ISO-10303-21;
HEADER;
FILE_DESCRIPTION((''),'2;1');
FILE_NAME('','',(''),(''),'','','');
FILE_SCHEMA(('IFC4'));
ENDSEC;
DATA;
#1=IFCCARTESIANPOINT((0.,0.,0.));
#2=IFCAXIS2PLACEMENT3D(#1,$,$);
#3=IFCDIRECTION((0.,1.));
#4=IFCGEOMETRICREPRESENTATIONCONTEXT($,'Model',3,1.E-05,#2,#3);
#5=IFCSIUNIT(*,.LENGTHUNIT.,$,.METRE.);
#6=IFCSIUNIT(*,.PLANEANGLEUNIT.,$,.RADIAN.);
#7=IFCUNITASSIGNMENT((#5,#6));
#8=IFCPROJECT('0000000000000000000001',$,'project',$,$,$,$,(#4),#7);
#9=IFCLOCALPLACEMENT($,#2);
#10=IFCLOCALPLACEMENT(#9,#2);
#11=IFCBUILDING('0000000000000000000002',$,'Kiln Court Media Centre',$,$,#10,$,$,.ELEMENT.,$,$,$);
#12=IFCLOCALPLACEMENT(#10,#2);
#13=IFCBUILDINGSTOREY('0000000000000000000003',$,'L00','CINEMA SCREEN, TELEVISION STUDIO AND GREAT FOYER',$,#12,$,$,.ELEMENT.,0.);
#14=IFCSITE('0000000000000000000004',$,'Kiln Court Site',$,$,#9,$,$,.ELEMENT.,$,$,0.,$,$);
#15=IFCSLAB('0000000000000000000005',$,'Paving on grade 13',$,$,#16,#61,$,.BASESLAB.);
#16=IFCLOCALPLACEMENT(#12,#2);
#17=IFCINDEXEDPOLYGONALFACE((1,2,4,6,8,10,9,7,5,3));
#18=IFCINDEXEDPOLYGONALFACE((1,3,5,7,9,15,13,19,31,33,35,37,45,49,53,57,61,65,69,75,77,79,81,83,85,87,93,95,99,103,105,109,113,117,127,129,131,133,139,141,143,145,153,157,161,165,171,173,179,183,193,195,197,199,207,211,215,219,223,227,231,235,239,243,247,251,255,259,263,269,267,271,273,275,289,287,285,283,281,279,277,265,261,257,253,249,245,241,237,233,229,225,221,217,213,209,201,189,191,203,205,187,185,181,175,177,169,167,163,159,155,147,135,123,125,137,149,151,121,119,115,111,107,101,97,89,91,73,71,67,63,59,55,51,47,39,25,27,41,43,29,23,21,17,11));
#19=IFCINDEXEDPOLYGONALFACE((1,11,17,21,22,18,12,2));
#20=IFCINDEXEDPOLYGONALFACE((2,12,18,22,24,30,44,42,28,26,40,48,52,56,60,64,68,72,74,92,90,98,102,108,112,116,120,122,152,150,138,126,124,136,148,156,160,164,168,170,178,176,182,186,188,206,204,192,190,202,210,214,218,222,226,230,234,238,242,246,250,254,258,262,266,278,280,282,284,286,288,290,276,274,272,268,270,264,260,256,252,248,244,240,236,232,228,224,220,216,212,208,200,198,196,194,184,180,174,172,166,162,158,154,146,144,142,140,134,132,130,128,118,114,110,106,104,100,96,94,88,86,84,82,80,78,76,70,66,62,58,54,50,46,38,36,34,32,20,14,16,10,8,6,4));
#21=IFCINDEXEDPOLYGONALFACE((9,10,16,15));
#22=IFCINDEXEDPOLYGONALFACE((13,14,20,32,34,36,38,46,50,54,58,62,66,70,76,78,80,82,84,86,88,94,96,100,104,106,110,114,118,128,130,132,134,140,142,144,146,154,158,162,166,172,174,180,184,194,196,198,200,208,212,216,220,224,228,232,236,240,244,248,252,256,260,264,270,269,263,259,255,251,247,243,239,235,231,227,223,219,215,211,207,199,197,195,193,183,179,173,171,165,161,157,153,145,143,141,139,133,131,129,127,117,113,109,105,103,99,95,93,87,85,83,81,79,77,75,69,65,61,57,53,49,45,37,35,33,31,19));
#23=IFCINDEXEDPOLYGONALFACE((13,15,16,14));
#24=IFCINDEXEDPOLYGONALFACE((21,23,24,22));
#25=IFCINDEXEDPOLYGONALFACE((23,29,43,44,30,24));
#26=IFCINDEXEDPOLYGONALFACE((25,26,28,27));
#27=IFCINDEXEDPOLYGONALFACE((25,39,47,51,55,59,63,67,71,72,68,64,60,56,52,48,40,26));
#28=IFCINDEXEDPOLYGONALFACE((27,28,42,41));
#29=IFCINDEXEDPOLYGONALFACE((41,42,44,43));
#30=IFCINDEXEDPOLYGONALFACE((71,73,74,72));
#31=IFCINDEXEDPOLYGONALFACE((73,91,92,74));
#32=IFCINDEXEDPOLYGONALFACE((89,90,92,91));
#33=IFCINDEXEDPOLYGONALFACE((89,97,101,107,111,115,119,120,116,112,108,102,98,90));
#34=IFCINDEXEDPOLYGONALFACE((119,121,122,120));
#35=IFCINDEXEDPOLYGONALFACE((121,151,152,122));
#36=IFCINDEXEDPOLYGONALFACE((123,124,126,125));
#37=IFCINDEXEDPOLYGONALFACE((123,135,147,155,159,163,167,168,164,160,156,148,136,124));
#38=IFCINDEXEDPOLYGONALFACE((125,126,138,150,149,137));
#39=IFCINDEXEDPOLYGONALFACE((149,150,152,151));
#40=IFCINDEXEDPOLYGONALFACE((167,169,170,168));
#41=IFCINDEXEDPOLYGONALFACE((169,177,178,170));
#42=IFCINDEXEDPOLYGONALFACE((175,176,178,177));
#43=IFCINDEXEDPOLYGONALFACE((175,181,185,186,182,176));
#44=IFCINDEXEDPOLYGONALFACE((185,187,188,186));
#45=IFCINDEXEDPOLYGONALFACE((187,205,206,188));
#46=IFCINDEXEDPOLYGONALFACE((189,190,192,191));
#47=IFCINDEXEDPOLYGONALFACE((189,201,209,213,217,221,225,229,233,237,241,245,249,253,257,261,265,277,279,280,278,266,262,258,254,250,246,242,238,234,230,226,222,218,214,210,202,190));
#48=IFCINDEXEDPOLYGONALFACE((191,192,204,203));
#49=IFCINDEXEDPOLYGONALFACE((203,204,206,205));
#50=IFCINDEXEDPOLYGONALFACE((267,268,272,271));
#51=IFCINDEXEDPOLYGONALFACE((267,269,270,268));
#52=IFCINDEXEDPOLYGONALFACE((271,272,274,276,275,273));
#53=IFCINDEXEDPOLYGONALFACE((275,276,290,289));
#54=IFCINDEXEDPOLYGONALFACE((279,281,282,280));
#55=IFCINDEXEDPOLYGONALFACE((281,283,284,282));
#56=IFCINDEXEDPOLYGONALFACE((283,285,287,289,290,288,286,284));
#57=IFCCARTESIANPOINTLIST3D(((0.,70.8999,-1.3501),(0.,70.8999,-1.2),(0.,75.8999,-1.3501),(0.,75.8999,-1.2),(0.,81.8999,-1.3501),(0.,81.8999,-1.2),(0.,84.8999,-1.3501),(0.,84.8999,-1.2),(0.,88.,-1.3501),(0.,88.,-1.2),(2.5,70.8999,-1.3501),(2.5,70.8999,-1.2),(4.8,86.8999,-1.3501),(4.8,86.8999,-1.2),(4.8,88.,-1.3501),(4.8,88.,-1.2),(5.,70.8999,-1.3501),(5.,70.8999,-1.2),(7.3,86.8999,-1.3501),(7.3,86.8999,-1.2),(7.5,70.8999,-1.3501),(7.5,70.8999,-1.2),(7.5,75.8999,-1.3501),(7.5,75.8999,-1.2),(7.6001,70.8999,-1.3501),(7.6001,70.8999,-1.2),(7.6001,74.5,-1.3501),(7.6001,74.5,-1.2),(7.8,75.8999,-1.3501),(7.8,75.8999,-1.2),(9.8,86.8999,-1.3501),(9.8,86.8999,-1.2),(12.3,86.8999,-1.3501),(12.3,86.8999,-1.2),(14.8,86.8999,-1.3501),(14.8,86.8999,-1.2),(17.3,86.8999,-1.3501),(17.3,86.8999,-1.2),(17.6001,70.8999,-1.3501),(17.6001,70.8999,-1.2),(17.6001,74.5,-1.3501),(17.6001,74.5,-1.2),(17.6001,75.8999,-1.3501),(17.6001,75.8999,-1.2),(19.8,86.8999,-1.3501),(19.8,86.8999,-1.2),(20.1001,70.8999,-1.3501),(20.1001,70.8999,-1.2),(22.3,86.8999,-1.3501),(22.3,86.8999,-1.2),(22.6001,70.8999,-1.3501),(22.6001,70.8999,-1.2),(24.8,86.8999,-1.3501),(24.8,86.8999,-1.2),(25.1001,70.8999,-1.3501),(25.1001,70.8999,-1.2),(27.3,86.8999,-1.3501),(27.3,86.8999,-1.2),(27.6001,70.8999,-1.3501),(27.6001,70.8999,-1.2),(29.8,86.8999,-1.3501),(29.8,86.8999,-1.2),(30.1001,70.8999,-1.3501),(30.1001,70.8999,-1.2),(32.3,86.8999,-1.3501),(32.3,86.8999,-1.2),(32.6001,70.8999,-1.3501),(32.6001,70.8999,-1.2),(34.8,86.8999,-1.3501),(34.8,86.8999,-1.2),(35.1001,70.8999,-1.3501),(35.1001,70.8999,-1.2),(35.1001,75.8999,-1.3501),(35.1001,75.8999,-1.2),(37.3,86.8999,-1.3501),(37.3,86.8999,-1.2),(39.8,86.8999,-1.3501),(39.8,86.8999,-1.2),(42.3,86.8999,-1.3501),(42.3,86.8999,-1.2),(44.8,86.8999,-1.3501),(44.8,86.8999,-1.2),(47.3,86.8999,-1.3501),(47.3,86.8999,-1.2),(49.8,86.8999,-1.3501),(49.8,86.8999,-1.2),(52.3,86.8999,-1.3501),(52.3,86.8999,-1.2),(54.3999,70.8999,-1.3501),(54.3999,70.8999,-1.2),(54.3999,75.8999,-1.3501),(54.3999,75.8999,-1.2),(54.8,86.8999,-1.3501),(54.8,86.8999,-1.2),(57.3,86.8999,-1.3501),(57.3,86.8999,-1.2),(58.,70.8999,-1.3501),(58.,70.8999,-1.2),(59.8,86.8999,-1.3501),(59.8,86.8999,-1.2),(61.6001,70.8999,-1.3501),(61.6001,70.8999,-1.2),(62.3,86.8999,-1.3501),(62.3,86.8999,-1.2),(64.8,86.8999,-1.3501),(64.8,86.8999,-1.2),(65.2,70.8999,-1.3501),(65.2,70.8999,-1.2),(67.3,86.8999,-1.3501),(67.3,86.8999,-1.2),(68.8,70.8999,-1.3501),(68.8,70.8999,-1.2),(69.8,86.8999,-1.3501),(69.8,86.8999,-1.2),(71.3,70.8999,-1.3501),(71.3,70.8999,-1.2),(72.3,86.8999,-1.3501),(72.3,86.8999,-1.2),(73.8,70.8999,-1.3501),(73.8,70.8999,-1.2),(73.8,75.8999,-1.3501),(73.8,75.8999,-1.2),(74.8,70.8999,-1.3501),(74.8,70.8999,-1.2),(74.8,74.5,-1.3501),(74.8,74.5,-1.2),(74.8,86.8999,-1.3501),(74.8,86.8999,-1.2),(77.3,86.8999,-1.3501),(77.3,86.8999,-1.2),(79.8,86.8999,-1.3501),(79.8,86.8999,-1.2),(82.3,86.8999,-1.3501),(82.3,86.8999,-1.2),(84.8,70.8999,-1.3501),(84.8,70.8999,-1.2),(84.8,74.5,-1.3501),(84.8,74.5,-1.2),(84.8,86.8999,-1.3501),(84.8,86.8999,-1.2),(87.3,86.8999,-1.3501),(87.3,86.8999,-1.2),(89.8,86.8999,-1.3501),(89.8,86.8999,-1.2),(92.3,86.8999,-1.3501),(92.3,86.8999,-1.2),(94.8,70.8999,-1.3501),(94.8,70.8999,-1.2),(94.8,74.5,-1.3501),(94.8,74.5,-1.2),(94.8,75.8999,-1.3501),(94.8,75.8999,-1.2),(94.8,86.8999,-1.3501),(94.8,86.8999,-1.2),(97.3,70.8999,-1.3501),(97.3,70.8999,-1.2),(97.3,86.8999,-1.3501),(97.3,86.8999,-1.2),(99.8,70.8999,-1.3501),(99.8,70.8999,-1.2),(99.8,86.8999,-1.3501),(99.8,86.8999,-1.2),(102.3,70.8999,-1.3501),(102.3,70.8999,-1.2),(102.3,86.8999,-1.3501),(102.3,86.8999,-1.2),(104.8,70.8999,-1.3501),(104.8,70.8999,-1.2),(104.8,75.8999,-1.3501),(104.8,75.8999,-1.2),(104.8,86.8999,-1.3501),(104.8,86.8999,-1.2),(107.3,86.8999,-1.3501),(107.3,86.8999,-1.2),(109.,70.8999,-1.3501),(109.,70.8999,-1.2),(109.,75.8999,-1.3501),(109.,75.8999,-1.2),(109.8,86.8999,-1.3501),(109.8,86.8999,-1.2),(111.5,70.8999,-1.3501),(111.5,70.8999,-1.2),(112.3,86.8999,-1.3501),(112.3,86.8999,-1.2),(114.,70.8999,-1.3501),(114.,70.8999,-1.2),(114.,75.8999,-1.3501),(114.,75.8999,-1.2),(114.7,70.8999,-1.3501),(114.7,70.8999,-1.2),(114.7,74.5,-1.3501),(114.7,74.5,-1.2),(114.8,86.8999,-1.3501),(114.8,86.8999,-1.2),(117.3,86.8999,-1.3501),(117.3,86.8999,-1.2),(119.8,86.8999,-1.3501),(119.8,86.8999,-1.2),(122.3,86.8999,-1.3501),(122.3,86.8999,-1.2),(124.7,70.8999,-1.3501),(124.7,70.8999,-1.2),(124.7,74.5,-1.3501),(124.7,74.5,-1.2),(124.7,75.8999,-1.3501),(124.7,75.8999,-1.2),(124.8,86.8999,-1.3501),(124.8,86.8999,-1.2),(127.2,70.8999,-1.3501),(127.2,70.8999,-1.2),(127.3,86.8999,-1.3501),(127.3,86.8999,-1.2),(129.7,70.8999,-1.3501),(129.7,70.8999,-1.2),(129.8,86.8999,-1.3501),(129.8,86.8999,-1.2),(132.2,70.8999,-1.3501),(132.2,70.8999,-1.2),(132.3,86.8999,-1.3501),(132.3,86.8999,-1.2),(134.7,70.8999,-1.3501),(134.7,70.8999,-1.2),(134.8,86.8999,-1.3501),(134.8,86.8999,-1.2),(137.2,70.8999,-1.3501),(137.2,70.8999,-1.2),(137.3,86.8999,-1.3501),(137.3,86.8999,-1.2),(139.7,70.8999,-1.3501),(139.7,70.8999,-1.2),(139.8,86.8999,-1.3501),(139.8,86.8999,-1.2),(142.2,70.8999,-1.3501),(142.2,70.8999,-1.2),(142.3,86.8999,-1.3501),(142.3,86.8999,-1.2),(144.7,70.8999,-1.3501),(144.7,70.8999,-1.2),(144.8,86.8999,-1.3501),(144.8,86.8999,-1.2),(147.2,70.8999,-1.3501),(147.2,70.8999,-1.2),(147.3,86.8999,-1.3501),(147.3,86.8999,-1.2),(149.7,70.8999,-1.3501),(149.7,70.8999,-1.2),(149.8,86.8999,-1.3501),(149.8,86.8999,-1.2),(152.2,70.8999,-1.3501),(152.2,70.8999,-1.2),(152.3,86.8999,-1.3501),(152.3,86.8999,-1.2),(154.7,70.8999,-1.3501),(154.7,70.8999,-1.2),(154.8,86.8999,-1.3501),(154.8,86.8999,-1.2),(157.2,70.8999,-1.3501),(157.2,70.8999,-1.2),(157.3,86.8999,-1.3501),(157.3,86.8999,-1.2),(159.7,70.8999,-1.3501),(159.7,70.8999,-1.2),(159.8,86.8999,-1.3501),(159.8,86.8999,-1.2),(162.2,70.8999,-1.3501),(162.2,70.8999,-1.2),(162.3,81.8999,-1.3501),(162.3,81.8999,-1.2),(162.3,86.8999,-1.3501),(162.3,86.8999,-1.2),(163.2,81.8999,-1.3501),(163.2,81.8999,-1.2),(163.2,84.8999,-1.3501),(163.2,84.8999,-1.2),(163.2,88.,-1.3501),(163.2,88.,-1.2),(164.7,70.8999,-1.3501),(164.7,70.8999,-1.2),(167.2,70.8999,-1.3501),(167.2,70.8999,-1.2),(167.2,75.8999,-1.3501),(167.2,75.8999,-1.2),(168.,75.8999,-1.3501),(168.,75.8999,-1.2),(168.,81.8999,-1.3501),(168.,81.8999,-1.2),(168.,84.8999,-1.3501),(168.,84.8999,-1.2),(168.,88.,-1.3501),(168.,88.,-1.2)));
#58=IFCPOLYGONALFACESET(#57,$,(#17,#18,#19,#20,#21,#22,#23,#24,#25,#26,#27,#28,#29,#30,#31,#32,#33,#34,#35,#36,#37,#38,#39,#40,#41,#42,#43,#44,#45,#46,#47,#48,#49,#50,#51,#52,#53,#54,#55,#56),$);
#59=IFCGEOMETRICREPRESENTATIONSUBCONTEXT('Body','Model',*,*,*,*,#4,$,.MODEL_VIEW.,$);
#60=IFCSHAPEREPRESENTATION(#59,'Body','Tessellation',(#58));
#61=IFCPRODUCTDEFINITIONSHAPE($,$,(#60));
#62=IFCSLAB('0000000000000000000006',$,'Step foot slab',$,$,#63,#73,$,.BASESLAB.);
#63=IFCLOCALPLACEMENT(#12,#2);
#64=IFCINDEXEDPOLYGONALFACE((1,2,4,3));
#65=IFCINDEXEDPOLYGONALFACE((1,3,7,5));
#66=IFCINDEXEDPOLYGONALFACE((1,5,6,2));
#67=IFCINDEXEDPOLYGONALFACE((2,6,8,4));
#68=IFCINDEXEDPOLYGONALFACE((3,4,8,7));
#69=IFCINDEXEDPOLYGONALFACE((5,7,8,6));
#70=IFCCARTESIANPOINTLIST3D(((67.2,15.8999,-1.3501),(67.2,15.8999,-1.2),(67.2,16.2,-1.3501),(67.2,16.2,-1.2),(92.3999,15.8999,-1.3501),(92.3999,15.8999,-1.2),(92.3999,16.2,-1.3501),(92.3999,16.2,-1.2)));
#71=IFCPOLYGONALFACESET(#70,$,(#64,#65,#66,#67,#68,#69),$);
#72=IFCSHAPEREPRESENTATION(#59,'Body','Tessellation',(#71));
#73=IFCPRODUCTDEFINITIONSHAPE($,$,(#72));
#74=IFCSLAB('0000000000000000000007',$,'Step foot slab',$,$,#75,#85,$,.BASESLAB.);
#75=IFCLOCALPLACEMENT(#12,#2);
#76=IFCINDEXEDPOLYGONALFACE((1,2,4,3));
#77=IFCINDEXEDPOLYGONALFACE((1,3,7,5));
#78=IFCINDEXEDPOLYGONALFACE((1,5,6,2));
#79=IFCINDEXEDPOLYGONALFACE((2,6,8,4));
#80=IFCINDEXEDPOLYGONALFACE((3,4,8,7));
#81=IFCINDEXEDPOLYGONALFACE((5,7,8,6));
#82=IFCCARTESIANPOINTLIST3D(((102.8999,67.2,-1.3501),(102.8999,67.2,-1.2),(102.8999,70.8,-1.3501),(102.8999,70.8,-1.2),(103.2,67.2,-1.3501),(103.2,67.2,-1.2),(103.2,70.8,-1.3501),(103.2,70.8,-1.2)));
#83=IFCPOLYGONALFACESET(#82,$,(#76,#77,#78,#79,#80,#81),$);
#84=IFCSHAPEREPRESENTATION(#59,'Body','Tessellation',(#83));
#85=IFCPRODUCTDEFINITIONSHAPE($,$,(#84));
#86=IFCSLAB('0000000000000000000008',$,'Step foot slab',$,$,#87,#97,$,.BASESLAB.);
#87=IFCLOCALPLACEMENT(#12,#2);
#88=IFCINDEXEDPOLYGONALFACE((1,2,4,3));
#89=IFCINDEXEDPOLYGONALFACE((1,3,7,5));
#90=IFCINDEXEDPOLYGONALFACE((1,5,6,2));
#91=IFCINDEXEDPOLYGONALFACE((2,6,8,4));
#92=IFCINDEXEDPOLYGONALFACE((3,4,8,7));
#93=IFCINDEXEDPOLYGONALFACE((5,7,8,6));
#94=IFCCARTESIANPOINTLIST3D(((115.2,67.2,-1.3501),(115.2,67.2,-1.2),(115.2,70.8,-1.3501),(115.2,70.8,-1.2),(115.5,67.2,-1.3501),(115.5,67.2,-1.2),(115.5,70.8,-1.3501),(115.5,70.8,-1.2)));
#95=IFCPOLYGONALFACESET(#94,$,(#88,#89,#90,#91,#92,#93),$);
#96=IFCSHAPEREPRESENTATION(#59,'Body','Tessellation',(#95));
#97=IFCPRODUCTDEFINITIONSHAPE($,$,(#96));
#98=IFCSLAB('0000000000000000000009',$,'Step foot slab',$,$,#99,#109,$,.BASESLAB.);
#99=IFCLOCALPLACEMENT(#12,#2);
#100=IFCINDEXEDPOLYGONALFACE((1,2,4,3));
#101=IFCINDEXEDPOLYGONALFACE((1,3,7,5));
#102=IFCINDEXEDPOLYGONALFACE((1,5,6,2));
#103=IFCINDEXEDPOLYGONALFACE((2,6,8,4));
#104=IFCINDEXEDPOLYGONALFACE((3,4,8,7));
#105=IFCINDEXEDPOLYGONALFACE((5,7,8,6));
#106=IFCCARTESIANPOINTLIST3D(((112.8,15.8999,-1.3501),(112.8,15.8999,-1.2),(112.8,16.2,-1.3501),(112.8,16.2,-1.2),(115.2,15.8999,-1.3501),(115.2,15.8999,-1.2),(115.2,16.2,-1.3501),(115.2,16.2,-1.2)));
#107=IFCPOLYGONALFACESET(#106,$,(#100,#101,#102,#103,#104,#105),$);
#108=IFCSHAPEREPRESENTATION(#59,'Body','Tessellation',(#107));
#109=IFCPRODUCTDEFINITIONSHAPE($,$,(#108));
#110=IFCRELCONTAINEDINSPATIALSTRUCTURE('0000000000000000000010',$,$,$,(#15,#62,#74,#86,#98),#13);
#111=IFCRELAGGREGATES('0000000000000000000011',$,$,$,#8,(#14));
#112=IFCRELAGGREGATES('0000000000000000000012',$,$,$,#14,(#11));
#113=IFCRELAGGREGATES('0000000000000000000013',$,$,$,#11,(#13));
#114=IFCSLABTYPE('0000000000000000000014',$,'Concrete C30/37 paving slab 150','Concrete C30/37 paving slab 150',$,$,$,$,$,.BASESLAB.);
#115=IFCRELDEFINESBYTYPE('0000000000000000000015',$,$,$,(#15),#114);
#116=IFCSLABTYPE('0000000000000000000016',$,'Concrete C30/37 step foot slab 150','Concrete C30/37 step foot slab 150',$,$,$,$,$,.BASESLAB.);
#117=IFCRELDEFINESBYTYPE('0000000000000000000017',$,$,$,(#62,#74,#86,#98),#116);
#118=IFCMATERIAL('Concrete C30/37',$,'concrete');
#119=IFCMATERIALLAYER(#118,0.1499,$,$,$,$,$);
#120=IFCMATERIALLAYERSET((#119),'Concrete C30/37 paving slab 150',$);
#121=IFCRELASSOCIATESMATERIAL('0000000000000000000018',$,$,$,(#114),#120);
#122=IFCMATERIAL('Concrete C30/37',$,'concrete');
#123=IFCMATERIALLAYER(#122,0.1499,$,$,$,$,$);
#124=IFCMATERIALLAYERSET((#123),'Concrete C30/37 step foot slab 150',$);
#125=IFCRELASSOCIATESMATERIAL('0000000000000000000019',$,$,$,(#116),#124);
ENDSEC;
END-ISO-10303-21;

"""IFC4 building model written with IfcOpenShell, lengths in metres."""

from ifc_helpers import new_model, si_unit, direction, frame, origin, place, context, subcontext, project, spatial, polyline, outline, extrude, material, layer, layer_set, type_object, element, save


model = new_model("IFC4")

# Units and contexts
model_context = context("Model", 3, precision=1e-05, world=origin(), true_north=direction((0.0, 1.0)))
body_context = subcontext(model_context, "Body", "Model", "MODEL_VIEW")
ifc_project = project(units=[si_unit("LENGTHUNIT", "METRE"), si_unit("PLANEANGLEUNIT", "RADIAN")], contexts=[model_context])

# Site, building, storey
site_placement = place(None, origin())
site = spatial("IfcSite", under=ifc_project, at=site_placement, Name="Kiln Court Site", CompositionType="ELEMENT", RefElevation=0.0)
building_placement = place(site_placement, origin())
building = spatial("IfcBuilding", under=site, at=building_placement, Name="Kiln Court Media Centre", CompositionType="ELEMENT")
storey_placement = place(building_placement, origin())
storey = spatial("IfcBuildingStorey", under=building, at=storey_placement, Name="L00", Description="CINEMA SCREEN, TELEVISION STUDIO AND GREAT FOYER", CompositionType="ELEMENT", Elevation=0.0)

# Slabs
ifc_material_1 = material(Name="Concrete C30/37", Category="concrete")
ifc_layer_1 = layer(ifc_material_1, 0.1499)
ifc_layer_set_1 = layer_set([ifc_layer_1], Name="Concrete C30/37 paving slab 150")
slab_type_1 = type_object("IfcSlabType", Name="Concrete C30/37 paving slab 150", Description="Concrete C30/37 paving slab 150", PredefinedType="BASESLAB", material=ifc_layer_set_1)
slab_1_placement = place(storey_placement, frame((0.0, 0.0, -1.3501)))
element("IfcSlab", 1, at=slab_1_placement, inside=storey, type_object=slab_type_1, Name="Paving on grade 13", PredefinedType="BASESLAB", context=body_context, shape_type="SweptSolid", body=[
    extrude(outline(polyline([(7.5, 75.8999), (7.8, 75.8999), (17.6001, 75.8999), (17.6001, 74.5), (7.6001, 74.5), (7.6001, 70.8999), (17.6001, 70.8999), (20.1001, 70.8999), (22.6001, 70.8999), (25.1001, 70.8999), (27.6001, 70.8999), (30.1001, 70.8999), (32.6001, 70.8999), (35.1001, 70.8999), (35.1001, 75.8999), (54.3999, 75.8999), (54.3999, 70.8999), (58.0, 70.8999), (61.6001, 70.8999), (65.2, 70.8999), (68.8, 70.8999), (71.3, 70.8999), (73.8, 70.8999), (73.8, 75.8999), (94.8, 75.8999), (94.8, 74.5), (84.8, 74.5), (74.8, 74.5), (74.8, 70.8999), (84.8, 70.8999), (94.8, 70.8999), (97.3, 70.8999), (99.8, 70.8999), (102.3, 70.8999), (104.8, 70.8999), (104.8, 75.8999), (109.0, 75.8999), (109.0, 70.8999), (111.5, 70.8999), (114.0, 70.8999), (114.0, 75.8999), (124.7, 75.8999), (124.7, 74.5), (114.7, 74.5), (114.7, 70.8999), (124.7, 70.8999), (127.2, 70.8999), (129.7, 70.8999), (132.2, 70.8999), (134.7, 70.8999), (137.2, 70.8999), (139.7, 70.8999), (142.2, 70.8999), (144.7, 70.8999), (147.2, 70.8999), (149.7, 70.8999), (152.2, 70.8999), (154.7, 70.8999), (157.2, 70.8999), (159.7, 70.8999), (162.2, 70.8999), (164.7, 70.8999), (167.2, 70.8999), (167.2, 75.8999), (168.0, 75.8999), (168.0, 81.8999), (168.0, 84.8999), (168.0, 88.0), (163.2, 88.0), (163.2, 84.8999), (163.2, 81.8999), (162.3, 81.8999), (162.3, 86.8999), (159.8, 86.8999), (157.3, 86.8999), (154.8, 86.8999), (152.3, 86.8999), (149.8, 86.8999), (147.3, 86.8999), (144.8, 86.8999), (142.3, 86.8999), (139.8, 86.8999), (137.3, 86.8999), (134.8, 86.8999), (132.3, 86.8999), (129.8, 86.8999), (127.3, 86.8999), (124.8, 86.8999), (122.3, 86.8999), (119.8, 86.8999), (117.3, 86.8999), (114.8, 86.8999), (112.3, 86.8999), (109.8, 86.8999), (107.3, 86.8999), (104.8, 86.8999), (102.3, 86.8999), (99.8, 86.8999), (97.3, 86.8999), (94.8, 86.8999), (92.3, 86.8999), (89.8, 86.8999), (87.3, 86.8999), (84.8, 86.8999), (82.3, 86.8999), (79.8, 86.8999), (77.3, 86.8999), (74.8, 86.8999), (72.3, 86.8999), (69.8, 86.8999), (67.3, 86.8999), (64.8, 86.8999), (62.3, 86.8999), (59.8, 86.8999), (57.3, 86.8999), (54.8, 86.8999), (52.3, 86.8999), (49.8, 86.8999), (47.3, 86.8999), (44.8, 86.8999), (42.3, 86.8999), (39.8, 86.8999), (37.3, 86.8999), (34.8, 86.8999), (32.3, 86.8999), (29.8, 86.8999), (27.3, 86.8999), (24.8, 86.8999), (22.3, 86.8999), (19.8, 86.8999), (17.3, 86.8999), (14.8, 86.8999), (12.3, 86.8999), (9.8, 86.8999), (7.3, 86.8999), (4.8, 86.8999), (4.8, 88.0), (0.0, 88.0), (0.0, 84.8999), (0.0, 81.8999), (0.0, 75.8999), (0.0, 70.8999), (2.5, 70.8999), (5.0, 70.8999), (7.5, 70.8999), (7.5, 75.8999)])), origin(), (0.0, 0.0, 1.0), 0.1501),
])
ifc_material_2 = material(Name="Concrete C30/37", Category="concrete")
ifc_layer_2 = layer(ifc_material_2, 0.1499)
ifc_layer_set_2 = layer_set([ifc_layer_2], Name="Concrete C30/37 step foot slab 150")
slab_type_2 = type_object("IfcSlabType", Name="Concrete C30/37 step foot slab 150", Description="Concrete C30/37 step foot slab 150", PredefinedType="BASESLAB", material=ifc_layer_set_2)
slab_2_placement = place(storey_placement, frame((0.0, 0.0, -1.3501)))
element("IfcSlab", 2, at=slab_2_placement, inside=storey, type_object=slab_type_2, Name="Step foot slab", PredefinedType="BASESLAB", context=body_context, shape_type="SweptSolid", body=[
    extrude(outline(polyline([(67.2, 15.8999), (92.3999, 15.8999), (92.3999, 16.2), (67.2, 16.2), (67.2, 15.8999)])), origin(), (0.0, 0.0, 1.0), 0.1501),
])
slab_3_placement = place(storey_placement, frame((0.0, 0.0, -1.3501)))
element("IfcSlab", 3, at=slab_3_placement, inside=storey, type_object=slab_type_2, Name="Step foot slab", PredefinedType="BASESLAB", context=body_context, shape_type="SweptSolid", body=[
    extrude(outline(polyline([(102.8999, 67.2), (103.2, 67.2), (103.2, 70.8), (102.8999, 70.8), (102.8999, 67.2)])), origin(), (0.0, 0.0, 1.0), 0.1501),
])
slab_4_placement = place(storey_placement, frame((0.0, 0.0, -1.3501)))
element("IfcSlab", 4, at=slab_4_placement, inside=storey, type_object=slab_type_2, Name="Step foot slab", PredefinedType="BASESLAB", context=body_context, shape_type="SweptSolid", body=[
    extrude(outline(polyline([(115.2, 67.2), (115.5, 67.2), (115.5, 70.8), (115.2, 70.8), (115.2, 67.2)])), origin(), (0.0, 0.0, 1.0), 0.1501),
])
slab_5_placement = place(storey_placement, frame((0.0, 0.0, -1.3501)))
element("IfcSlab", 5, at=slab_5_placement, inside=storey, type_object=slab_type_2, Name="Step foot slab", PredefinedType="BASESLAB", context=body_context, shape_type="SweptSolid", body=[
    extrude(outline(polyline([(112.8, 15.8999), (115.2, 15.8999), (115.2, 16.2), (112.8, 16.2), (112.8, 15.8999)])), origin(), (0.0, 0.0, 1.0), 0.1501),
])

save(model, "model.ifc")
